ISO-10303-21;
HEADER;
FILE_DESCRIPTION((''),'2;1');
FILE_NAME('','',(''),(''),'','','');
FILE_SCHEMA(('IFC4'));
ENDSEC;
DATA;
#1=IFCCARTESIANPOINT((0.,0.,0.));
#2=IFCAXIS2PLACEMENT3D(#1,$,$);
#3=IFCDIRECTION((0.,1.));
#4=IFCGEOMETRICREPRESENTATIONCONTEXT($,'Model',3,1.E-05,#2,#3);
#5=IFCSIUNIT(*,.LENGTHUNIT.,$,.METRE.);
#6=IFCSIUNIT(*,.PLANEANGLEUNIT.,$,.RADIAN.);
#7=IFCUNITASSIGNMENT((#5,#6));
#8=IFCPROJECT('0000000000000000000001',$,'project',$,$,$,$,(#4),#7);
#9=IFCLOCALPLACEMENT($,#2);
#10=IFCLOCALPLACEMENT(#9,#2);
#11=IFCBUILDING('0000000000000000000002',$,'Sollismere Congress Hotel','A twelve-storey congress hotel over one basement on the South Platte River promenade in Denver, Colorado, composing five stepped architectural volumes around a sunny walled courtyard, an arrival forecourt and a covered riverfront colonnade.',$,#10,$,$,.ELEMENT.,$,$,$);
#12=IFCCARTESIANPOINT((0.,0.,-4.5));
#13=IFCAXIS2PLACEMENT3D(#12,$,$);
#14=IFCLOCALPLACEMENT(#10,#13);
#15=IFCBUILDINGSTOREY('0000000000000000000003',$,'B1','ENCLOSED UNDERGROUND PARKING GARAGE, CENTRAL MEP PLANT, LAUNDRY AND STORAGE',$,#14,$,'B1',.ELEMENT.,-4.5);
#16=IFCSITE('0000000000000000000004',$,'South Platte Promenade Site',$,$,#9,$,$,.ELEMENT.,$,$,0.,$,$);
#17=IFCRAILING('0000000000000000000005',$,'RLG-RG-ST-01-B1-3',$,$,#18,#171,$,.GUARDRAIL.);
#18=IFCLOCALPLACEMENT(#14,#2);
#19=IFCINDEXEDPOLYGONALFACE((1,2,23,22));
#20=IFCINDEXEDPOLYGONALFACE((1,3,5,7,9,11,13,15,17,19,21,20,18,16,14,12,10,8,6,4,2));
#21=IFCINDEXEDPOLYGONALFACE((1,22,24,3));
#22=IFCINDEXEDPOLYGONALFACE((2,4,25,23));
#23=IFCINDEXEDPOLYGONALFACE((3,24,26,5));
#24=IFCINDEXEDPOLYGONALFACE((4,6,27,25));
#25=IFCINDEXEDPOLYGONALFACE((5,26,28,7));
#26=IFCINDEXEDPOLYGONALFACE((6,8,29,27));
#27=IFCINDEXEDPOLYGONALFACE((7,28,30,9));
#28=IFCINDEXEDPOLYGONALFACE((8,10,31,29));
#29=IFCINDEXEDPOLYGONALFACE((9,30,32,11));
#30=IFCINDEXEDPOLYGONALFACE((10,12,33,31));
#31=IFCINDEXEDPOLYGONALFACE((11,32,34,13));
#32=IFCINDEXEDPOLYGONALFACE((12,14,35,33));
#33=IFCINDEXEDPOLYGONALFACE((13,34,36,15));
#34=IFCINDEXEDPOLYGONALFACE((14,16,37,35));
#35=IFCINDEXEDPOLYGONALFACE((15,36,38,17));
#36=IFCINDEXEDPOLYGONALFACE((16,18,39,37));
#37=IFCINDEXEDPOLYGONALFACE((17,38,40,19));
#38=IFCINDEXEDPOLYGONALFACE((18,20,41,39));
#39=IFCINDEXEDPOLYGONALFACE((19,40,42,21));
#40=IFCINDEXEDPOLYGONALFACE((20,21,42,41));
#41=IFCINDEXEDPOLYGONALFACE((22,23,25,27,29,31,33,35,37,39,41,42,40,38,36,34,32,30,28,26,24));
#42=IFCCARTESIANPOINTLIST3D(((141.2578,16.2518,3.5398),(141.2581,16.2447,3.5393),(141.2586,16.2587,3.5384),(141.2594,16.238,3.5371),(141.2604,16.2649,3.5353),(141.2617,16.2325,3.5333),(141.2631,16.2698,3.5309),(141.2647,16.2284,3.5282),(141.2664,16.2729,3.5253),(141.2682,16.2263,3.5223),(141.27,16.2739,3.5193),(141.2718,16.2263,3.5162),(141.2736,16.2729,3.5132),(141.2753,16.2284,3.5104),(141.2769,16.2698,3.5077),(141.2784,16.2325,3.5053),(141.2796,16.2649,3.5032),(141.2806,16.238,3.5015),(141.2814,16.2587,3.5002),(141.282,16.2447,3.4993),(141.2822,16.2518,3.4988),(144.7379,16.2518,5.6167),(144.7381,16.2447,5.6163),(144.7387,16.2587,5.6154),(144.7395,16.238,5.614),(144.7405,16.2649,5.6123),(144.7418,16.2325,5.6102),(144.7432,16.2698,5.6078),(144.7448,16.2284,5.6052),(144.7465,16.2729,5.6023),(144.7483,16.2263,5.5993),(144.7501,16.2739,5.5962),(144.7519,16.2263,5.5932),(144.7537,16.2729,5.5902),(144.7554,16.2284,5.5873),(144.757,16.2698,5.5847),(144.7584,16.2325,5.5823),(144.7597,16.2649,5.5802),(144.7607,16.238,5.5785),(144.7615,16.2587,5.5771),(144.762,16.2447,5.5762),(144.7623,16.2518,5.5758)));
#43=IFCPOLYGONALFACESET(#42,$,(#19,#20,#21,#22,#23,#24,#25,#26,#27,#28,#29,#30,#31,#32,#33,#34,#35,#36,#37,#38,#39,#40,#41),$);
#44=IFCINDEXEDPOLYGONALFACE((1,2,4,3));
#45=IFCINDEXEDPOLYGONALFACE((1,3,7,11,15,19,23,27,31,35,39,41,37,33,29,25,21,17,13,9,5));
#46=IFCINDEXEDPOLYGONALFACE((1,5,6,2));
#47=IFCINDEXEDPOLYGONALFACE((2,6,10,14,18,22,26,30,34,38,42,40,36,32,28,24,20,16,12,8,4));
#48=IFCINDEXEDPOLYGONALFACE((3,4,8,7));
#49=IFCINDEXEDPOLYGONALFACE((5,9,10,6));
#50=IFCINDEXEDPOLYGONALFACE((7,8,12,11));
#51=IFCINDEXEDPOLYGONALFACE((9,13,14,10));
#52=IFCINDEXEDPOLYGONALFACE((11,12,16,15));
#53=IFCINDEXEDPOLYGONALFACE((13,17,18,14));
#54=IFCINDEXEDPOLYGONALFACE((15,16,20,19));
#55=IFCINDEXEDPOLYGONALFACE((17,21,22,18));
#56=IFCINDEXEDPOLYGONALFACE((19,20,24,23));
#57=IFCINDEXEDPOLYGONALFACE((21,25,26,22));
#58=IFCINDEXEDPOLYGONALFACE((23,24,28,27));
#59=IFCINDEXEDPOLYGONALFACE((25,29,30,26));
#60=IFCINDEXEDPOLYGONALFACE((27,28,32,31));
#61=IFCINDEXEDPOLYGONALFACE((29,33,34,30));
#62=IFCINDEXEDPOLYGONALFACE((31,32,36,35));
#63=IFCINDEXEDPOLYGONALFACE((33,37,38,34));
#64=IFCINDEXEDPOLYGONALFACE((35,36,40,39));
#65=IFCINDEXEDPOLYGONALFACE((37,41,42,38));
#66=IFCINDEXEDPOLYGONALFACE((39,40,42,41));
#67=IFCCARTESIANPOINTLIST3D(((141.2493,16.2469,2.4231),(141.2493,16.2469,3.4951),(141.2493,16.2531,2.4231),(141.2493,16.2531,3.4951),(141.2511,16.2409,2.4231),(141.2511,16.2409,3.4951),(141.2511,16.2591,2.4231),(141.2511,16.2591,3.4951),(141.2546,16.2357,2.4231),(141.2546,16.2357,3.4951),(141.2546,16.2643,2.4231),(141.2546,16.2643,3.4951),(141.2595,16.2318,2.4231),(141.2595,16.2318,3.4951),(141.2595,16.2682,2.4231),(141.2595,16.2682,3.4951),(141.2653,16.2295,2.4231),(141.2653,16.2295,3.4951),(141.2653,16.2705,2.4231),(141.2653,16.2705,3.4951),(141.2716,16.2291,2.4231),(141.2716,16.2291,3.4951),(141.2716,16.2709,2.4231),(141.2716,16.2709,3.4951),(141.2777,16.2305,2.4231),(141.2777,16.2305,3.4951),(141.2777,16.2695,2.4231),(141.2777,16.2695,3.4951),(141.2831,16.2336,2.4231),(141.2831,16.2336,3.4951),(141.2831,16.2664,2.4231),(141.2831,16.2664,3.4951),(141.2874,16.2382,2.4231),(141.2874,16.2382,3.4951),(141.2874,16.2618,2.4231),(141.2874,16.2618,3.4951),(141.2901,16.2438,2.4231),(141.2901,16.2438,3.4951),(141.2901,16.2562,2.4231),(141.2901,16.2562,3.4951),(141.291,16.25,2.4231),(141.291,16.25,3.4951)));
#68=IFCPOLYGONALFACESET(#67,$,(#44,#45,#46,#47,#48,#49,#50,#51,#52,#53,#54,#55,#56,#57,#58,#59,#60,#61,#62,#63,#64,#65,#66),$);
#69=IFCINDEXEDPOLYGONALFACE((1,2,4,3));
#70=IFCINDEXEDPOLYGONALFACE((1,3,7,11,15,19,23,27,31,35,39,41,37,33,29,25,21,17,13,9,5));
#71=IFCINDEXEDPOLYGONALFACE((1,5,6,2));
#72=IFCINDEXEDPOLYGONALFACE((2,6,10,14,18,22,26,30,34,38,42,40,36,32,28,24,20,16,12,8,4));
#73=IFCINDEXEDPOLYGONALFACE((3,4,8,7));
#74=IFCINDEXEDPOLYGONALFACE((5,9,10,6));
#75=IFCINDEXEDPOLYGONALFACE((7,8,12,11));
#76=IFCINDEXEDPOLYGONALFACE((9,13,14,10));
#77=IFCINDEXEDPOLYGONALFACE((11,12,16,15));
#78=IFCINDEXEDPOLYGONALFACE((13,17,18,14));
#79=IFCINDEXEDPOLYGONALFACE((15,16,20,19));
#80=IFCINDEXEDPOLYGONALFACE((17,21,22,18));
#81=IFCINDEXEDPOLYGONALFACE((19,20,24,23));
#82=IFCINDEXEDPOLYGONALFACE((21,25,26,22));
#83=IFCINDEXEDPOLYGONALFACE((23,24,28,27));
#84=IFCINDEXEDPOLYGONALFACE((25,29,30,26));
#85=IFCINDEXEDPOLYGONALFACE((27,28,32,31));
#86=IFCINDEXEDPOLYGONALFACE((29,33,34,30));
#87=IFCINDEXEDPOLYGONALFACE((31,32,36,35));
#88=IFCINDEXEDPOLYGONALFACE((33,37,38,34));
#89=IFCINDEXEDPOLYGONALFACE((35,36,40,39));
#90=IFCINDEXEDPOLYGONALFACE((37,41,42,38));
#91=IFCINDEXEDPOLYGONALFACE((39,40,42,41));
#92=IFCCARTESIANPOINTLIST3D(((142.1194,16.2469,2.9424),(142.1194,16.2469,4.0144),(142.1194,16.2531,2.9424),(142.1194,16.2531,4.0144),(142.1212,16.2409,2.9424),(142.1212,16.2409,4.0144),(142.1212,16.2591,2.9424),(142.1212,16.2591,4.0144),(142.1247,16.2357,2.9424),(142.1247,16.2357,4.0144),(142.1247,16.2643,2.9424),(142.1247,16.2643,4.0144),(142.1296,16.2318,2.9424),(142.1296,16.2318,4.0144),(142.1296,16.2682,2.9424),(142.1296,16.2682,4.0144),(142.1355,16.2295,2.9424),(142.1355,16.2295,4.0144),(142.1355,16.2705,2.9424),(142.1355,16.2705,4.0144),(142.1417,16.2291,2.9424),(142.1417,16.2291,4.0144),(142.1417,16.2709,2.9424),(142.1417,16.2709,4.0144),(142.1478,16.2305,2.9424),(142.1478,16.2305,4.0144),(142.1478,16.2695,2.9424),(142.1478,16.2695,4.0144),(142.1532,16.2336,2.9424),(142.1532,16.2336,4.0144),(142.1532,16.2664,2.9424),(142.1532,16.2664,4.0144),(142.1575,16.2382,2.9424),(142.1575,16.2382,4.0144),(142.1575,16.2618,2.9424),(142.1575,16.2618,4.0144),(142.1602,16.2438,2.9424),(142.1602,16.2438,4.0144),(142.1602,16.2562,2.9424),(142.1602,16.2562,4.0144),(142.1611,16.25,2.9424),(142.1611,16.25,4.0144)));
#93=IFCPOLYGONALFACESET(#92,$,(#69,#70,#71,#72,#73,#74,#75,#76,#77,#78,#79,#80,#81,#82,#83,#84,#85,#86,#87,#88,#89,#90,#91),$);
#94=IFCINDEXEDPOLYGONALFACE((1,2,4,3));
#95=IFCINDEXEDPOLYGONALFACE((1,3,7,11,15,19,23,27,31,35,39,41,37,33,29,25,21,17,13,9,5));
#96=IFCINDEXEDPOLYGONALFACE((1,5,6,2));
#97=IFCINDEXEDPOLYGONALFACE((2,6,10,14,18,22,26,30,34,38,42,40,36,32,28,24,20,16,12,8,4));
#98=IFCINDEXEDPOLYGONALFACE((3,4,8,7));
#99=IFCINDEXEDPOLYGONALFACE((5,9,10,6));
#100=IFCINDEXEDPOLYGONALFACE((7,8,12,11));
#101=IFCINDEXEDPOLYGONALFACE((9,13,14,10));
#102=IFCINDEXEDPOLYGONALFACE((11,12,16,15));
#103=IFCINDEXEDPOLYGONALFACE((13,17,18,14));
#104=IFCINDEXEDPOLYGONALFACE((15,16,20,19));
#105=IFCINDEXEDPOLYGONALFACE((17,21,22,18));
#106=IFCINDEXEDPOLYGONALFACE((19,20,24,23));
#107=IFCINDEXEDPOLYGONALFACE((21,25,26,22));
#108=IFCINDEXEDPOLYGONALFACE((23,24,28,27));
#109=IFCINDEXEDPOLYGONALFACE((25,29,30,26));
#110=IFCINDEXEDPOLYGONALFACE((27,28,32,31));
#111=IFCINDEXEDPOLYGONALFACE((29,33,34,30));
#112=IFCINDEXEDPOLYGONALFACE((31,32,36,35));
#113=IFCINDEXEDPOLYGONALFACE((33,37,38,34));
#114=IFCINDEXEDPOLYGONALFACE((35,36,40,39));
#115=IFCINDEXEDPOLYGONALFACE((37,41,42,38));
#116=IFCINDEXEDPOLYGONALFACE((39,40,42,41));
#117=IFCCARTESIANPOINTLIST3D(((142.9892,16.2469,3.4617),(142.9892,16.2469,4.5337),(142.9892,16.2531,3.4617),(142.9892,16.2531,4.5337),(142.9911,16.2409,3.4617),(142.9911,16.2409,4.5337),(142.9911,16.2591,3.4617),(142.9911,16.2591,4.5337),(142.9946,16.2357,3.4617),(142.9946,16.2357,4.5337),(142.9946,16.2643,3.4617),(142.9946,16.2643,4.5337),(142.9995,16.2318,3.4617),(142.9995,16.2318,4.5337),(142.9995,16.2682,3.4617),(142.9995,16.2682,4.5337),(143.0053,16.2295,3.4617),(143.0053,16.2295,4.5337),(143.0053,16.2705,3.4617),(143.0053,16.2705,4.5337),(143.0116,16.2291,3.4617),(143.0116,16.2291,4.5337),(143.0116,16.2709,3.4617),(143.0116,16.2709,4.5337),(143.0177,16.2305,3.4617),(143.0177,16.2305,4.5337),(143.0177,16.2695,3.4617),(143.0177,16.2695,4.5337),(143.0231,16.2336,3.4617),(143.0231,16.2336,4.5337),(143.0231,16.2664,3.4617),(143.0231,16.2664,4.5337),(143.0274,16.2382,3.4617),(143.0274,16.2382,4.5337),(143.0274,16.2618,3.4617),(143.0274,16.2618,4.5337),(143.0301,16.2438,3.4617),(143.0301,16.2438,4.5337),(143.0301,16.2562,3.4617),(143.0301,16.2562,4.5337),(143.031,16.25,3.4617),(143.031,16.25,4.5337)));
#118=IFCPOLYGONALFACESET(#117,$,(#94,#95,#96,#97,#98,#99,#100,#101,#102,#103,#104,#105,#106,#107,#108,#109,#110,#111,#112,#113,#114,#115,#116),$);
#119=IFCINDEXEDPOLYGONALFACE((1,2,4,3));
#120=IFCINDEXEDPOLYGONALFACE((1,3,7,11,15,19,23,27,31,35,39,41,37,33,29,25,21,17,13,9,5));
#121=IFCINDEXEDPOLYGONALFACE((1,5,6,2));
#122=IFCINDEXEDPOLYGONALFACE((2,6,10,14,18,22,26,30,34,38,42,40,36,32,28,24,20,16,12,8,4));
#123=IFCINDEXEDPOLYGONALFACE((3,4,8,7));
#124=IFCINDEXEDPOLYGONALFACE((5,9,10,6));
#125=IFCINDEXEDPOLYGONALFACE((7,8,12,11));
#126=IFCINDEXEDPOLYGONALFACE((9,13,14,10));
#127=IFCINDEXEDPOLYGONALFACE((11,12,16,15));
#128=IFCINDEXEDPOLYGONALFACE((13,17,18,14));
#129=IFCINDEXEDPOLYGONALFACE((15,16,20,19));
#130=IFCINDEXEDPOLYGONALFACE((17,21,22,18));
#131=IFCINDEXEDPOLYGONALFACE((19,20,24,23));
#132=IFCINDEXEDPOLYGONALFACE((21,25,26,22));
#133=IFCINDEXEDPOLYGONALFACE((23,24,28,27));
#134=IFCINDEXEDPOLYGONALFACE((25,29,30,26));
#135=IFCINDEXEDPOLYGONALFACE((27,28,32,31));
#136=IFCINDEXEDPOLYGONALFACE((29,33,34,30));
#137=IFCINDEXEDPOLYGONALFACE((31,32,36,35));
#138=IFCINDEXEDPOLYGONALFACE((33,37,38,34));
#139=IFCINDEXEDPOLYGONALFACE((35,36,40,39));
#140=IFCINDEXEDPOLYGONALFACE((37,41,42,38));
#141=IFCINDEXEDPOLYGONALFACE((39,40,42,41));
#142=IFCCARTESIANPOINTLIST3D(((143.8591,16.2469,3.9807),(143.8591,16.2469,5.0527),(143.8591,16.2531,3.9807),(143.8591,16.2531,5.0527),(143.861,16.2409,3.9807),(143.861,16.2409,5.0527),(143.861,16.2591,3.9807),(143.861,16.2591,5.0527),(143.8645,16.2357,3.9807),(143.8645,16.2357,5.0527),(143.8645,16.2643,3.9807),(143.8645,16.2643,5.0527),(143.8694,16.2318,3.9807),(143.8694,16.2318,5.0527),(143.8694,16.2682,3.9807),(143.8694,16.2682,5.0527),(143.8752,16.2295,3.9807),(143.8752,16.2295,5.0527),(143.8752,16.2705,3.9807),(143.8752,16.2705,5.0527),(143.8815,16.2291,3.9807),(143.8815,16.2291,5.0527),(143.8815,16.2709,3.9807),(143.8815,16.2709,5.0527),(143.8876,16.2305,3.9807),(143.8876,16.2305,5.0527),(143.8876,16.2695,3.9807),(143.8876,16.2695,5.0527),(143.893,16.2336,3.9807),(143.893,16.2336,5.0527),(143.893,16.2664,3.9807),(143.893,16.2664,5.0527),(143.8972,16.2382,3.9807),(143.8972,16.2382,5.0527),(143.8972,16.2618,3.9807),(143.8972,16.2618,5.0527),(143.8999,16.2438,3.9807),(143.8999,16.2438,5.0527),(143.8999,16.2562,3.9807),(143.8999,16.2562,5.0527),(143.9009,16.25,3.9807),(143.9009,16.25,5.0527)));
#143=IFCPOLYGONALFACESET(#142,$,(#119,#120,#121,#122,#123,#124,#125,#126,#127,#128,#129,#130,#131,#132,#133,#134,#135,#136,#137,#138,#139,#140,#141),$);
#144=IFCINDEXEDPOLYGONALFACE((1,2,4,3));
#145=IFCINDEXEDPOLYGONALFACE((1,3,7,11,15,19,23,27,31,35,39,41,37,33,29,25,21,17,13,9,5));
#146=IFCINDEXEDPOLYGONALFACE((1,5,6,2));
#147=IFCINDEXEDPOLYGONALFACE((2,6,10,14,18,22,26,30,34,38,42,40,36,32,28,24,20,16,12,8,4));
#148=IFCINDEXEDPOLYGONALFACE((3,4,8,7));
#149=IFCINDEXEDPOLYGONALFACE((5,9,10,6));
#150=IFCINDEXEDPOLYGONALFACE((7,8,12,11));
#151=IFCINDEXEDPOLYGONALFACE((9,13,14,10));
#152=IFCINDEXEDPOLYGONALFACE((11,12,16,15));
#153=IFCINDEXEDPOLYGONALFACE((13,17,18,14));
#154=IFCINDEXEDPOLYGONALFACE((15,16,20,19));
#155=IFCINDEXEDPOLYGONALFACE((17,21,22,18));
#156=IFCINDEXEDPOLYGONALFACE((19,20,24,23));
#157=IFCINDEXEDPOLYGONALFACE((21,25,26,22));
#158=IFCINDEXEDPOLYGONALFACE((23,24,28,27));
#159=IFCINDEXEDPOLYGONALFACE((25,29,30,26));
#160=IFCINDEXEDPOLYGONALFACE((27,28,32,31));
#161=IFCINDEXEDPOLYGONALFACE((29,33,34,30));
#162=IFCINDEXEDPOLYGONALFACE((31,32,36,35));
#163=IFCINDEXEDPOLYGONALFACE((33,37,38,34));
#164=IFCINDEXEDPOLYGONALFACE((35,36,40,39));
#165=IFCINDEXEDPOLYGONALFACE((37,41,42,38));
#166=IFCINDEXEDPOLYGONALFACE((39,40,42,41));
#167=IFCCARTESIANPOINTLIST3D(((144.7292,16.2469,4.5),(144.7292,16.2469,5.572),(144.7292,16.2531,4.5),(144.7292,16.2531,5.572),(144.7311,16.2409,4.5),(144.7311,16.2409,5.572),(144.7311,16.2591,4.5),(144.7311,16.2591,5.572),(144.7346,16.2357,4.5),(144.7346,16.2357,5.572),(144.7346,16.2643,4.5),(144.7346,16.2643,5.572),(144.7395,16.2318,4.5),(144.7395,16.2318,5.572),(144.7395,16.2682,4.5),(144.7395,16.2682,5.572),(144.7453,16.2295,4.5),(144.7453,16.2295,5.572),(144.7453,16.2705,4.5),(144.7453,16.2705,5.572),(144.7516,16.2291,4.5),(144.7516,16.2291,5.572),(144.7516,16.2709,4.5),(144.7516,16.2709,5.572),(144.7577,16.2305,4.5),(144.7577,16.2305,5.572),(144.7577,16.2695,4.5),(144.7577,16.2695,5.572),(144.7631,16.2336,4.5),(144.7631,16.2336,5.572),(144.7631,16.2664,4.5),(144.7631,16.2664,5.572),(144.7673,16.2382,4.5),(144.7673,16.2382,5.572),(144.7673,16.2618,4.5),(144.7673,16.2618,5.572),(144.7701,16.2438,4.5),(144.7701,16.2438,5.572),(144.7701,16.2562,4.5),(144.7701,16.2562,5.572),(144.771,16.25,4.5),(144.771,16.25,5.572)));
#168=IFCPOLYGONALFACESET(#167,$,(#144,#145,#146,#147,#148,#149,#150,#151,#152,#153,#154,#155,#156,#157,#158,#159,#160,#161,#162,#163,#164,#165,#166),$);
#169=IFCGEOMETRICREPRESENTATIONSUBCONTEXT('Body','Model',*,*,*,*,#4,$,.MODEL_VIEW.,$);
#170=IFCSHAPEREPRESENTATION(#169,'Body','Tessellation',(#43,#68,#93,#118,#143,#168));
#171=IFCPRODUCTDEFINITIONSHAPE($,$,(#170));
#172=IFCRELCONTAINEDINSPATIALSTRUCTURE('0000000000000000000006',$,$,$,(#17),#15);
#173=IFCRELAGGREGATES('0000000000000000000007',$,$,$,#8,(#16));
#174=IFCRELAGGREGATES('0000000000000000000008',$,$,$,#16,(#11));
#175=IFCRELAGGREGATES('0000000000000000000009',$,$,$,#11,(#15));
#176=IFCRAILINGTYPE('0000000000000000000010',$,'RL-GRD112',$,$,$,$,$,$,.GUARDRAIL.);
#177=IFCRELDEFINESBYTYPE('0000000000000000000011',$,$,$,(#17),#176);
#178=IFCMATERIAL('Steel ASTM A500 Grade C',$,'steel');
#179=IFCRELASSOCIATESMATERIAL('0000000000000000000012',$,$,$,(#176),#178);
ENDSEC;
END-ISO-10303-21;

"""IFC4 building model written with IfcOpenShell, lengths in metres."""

from ifc_helpers import new_model, si_unit, direction, frame, origin, origin_2d, place, context, subcontext, project, spatial, circle, extrude, material, type_object, element, save


model = new_model("IFC4")

# Units and contexts
model_context = context("Model", 3, precision=1e-05, world=origin(), true_north=direction((0.0, 1.0)))
body_context = subcontext(model_context, "Body", "Model", "MODEL_VIEW")
ifc_project = project(units=[si_unit("LENGTHUNIT", "METRE"), si_unit("PLANEANGLEUNIT", "RADIAN")], contexts=[model_context])

# Site, building, storey
site_placement = place(None, origin())
site = spatial("IfcSite", under=ifc_project, at=site_placement, Name="South Platte Promenade Site", CompositionType="ELEMENT", RefElevation=0.0)
building_placement = place(site_placement, origin())
building = spatial("IfcBuilding", under=site, at=building_placement, Name="Sollismere Congress Hotel", Description="A twelve-storey congress hotel over one basement on the South Platte River promenade in Denver, Colorado, composing five stepped architectural volumes around a sunny walled courtyard, an arrival forecourt and a covered riverfront colonnade.", CompositionType="ELEMENT")
storey_placement = place(building_placement, frame((0.0, 0.0, -4.5)))
storey = spatial("IfcBuildingStorey", under=building, at=storey_placement, Name="B1", Description="ENCLOSED UNDERGROUND PARKING GARAGE, CENTRAL MEP PLANT, LAUNDRY AND STORAGE", LongName="B1", CompositionType="ELEMENT", Elevation=-4.5)

# Railing
ifc_material_1 = material(Name="Steel ASTM A500 Grade C", Category="steel")
railing_type_1 = type_object("IfcRailingType", Name="RL-GRD112", PredefinedType="GUARDRAIL", material=ifc_material_1)
railing_1_placement = place(storey_placement, frame((141.27, 16.25, 2.4231)))
element("IfcRailing", 1, at=railing_1_placement, inside=storey, type_object=railing_type_1, Name="RLG-RG-ST-01-B1-3", PredefinedType="GUARDRAIL", context=body_context, shape_type="SweptSolid", body=[
    extrude(circle(Radius=0.0239, at=origin_2d()), frame((0.0, 0.0, 1.0962), z_axis=(0.858697, 0.0, 0.512483), x_axis=(0.0, 1.0, 0.0)), (0.0, 0.0, 1.0), 4.0527),
    extrude(circle(Radius=0.021, at=origin_2d()), origin(), (0.0, 0.0, 1.0), 1.072),
    extrude(circle(Radius=0.021, at=origin_2d()), frame((0.8701, 0.0, 0.5193)), (0.0, 0.0, 1.0), 1.072),
    extrude(circle(Radius=0.021, at=origin_2d()), frame((1.74, 0.0, 1.0386)), (0.0, 0.0, 1.0), 1.072),
    extrude(circle(Radius=0.021, at=origin_2d()), frame((2.6099, 0.0, 1.5576)), (0.0, 0.0, 1.0), 1.072),
    extrude(circle(Radius=0.021, at=origin_2d()), frame((3.48, 0.0, 2.0769)), (0.0, 0.0, 1.0), 1.072),
])

save(model, "model.ifc")
